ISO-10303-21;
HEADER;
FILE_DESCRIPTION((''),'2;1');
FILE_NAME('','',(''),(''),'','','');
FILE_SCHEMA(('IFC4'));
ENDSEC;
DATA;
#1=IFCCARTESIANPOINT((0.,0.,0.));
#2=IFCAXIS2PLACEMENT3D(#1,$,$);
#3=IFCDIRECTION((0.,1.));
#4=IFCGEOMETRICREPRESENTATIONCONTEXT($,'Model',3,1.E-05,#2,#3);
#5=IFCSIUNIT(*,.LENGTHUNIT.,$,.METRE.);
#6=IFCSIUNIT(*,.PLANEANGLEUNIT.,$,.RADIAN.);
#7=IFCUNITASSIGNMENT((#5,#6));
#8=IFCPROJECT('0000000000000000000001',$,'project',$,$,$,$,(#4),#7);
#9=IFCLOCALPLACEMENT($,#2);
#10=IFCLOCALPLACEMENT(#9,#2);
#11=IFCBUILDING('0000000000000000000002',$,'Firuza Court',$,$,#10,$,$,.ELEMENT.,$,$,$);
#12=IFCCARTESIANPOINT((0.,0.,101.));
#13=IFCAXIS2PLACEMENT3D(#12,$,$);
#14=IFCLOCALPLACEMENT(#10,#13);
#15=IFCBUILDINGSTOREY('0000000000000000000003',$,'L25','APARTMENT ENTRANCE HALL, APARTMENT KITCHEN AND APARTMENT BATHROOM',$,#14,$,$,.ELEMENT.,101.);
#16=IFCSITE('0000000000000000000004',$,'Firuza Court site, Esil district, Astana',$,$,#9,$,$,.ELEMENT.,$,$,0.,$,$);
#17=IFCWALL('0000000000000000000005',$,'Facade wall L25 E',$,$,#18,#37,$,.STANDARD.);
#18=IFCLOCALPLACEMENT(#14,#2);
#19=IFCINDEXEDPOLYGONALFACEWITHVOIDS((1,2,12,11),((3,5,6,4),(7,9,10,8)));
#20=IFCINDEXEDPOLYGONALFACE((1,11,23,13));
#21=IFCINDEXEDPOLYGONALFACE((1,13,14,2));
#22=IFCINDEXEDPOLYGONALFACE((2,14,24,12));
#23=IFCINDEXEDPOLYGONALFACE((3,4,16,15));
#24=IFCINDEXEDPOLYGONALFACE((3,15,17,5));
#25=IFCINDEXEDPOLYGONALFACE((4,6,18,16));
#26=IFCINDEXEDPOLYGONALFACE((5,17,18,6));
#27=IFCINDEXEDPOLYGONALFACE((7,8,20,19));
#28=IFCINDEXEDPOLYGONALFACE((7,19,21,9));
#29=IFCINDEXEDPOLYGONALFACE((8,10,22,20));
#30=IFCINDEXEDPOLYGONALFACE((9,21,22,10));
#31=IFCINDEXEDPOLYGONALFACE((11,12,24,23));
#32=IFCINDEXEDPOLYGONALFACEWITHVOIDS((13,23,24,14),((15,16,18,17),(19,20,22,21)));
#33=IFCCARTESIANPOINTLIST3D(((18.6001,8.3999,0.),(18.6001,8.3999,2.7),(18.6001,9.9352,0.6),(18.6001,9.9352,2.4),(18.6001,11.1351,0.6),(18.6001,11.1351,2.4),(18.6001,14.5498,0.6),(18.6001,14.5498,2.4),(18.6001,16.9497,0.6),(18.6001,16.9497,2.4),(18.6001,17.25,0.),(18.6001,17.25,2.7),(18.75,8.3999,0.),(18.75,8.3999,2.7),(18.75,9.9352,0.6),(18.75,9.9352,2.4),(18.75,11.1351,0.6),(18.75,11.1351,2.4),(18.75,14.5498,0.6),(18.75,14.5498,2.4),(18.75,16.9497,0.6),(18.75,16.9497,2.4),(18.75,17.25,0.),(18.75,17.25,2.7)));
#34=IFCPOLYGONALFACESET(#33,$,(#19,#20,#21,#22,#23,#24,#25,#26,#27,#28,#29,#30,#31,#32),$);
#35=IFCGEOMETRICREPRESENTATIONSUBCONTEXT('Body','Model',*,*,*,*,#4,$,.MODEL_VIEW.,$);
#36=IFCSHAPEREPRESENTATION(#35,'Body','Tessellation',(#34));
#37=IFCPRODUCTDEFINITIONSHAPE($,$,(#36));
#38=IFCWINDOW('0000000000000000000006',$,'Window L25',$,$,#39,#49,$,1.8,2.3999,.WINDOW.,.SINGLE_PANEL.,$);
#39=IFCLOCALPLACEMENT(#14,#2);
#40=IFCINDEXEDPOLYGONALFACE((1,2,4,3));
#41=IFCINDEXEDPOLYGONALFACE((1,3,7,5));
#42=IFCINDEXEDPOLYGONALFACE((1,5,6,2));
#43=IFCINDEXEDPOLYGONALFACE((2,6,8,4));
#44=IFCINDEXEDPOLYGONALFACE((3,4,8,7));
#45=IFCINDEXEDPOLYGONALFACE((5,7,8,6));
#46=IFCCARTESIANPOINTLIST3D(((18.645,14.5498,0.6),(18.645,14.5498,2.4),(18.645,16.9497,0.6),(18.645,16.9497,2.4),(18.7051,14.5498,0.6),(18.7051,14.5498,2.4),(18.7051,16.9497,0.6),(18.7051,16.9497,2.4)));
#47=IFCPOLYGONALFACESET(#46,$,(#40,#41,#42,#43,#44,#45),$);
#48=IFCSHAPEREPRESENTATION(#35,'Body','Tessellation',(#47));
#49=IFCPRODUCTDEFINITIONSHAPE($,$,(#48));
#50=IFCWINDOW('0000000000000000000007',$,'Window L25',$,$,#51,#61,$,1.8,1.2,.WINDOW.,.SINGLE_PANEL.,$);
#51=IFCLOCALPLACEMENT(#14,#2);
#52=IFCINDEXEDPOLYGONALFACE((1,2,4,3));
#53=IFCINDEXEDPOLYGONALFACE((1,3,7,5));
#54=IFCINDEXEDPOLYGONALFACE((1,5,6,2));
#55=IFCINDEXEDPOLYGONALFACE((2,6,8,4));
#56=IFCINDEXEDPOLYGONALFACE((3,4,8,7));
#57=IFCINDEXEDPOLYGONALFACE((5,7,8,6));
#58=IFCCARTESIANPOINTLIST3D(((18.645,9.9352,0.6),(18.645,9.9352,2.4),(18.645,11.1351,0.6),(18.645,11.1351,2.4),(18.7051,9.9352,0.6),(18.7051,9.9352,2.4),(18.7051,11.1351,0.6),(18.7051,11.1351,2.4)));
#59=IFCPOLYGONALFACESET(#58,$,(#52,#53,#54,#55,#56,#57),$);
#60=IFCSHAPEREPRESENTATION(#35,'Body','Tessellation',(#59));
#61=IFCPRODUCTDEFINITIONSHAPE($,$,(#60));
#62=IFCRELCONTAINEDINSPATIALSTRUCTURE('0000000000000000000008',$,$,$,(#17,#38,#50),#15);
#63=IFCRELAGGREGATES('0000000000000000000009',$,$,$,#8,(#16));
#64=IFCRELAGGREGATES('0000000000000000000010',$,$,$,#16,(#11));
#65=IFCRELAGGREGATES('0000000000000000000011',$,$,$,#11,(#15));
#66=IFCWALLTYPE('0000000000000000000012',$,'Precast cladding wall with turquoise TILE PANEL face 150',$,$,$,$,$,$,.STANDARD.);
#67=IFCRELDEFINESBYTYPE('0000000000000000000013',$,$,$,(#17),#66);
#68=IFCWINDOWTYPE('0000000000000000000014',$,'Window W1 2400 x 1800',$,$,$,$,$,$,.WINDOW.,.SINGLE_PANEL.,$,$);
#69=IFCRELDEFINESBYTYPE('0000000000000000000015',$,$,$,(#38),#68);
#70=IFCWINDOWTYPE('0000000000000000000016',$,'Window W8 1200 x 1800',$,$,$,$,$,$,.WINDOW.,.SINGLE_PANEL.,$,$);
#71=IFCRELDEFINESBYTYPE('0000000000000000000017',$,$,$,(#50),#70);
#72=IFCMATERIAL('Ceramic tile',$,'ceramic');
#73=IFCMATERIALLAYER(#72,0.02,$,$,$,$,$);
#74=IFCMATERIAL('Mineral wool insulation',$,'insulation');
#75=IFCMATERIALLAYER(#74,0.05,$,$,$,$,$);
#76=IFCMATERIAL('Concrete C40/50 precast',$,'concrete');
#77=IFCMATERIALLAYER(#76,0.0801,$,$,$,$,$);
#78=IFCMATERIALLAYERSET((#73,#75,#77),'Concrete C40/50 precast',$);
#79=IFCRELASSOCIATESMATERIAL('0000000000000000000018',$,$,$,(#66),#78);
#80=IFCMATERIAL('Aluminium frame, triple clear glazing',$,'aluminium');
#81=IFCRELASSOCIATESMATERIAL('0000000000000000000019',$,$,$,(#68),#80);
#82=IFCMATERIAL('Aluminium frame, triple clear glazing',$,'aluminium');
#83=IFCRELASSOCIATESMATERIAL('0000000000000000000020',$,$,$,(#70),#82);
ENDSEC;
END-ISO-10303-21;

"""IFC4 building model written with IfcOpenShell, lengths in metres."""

from ifc_helpers import new_model, si_unit, direction, frame, frame_2d, origin, place, context, subcontext, project, spatial, rectangle, extrude, material, layer, layer_set, type_object, element, fill, save


model = new_model("IFC4")

# Units and contexts
model_context = context("Model", 3, precision=1e-05, world=origin(), true_north=direction((0.0, 1.0)))
body_context = subcontext(model_context, "Body", "Model", "MODEL_VIEW")
ifc_project = project(units=[si_unit("LENGTHUNIT", "METRE"), si_unit("PLANEANGLEUNIT", "RADIAN")], contexts=[model_context])

# Site, building, storey
site_placement = place(None, origin())
site = spatial("IfcSite", under=ifc_project, at=site_placement, Name="Firuza Court site, Esil district, Astana", CompositionType="ELEMENT", RefElevation=0.0)
building_placement = place(site_placement, origin())
building = spatial("IfcBuilding", under=site, at=building_placement, Name="Firuza Court", CompositionType="ELEMENT")
storey_placement = place(building_placement, frame((0.0, 0.0, 101.0)))
storey = spatial("IfcBuildingStorey", under=building, at=storey_placement, Name="L25", Description="APARTMENT ENTRANCE HALL, APARTMENT KITCHEN AND APARTMENT BATHROOM", CompositionType="ELEMENT", Elevation=101.0)

# Shared definitions
ifc_material_1 = material(Name="Ceramic tile", Category="ceramic")
ifc_layer_1 = layer(ifc_material_1, 0.02)
ifc_material_2 = material(Name="Mineral wool insulation", Category="insulation")
ifc_layer_2 = layer(ifc_material_2, 0.05)
ifc_material_3 = material(Name="Concrete C40/50 precast", Category="concrete")
ifc_layer_3 = layer(ifc_material_3, 0.0801)
ifc_layer_set_1 = layer_set([ifc_layer_1, ifc_layer_2, ifc_layer_3], Name="Concrete C40/50 precast")
wall_type_1 = type_object("IfcWallType", Name="Precast cladding wall with turquoise TILE PANEL face 150", PredefinedType="STANDARD", material=ifc_layer_set_1)

# Shared definitions
ifc_material_4 = material(Name="Aluminium frame, triple clear glazing", Category="aluminium")
window_type_1 = type_object("IfcWindowType", Name="Window W1 2400 x 1800", PartitioningType="SINGLE_PANEL", PredefinedType="WINDOW", material=ifc_material_4)

# Wall, openings, windows
wall_1_placement = place(storey_placement, frame((18.675, 8.3999, 0.0), z_axis=(0.0, 0.0, 1.0), x_axis=(0.0, 1.0, 0.0)))
wall_1 = element("IfcWall", 1, at=wall_1_placement, inside=storey, type_object=wall_type_1, Name="Facade wall L25 E", PredefinedType="STANDARD", context=body_context, shape_type="SweptSolid", body=[
    extrude(rectangle(XDim=8.8501, YDim=0.1499, at=frame_2d((4.425, 0.0))), origin(), (0.0, 0.0, 1.0), 2.7),
])
opening_1_placement = place(wall_1_placement, frame((1.5352, 0.0, 0.6001)))
opening_1 = element("IfcOpeningElement", 2, at=opening_1_placement, cuts=wall_1, PredefinedType="OPENING", context=body_context, shape_type="SweptSolid", body=[
    extrude(rectangle(XDim=1.2, YDim=1.8, at=frame_2d((0.6001, 0.8999))), frame((0.0, 0.0869, 0.0), z_axis=(0.0, -1.0, 0.0), x_axis=(1.0, 0.0, 0.0)), (0.0, 0.0, 1.0), 0.1738),
])
opening_2_placement = place(wall_1_placement, frame((6.1499, 0.0, 0.6001)))
opening_2 = element("IfcOpeningElement", 3, at=opening_2_placement, cuts=wall_1, PredefinedType="OPENING", context=body_context, shape_type="SweptSolid", body=[
    extrude(rectangle(XDim=2.3999, YDim=1.8, at=frame_2d((1.2, 0.8999))), frame((0.0, 0.0869, 0.0), z_axis=(0.0, -1.0, 0.0), x_axis=(1.0, 0.0, 0.0)), (0.0, 0.0, 1.0), 0.1738),
])
window_1_placement = place(opening_2_placement, origin())
window_1 = element("IfcWindow", 4, at=window_1_placement, inside=storey, type_object=window_type_1, Name="Window L25", OverallHeight=1.8, OverallWidth=2.3999, PartitioningType="SINGLE_PANEL", PredefinedType="WINDOW", context=body_context, shape_type="SweptSolid", body=[
    extrude(rectangle(XDim=2.3999, YDim=1.8, at=frame_2d((1.2, 0.8999))), frame((0.0, 0.03, 0.0), z_axis=(0.0, -1.0, 0.0), x_axis=(1.0, 0.0, 0.0)), (0.0, 0.0, 1.0), 0.0601),
])
fill(opening_2, window_1)
ifc_material_5 = material(Name="Aluminium frame, triple clear glazing", Category="aluminium")
window_type_2 = type_object("IfcWindowType", Name="Window W8 1200 x 1800", PartitioningType="SINGLE_PANEL", PredefinedType="WINDOW", material=ifc_material_5)
window_2_placement = place(opening_1_placement, origin())
window_2 = element("IfcWindow", 5, at=window_2_placement, inside=storey, type_object=window_type_2, Name="Window L25", OverallHeight=1.8, OverallWidth=1.2, PartitioningType="SINGLE_PANEL", PredefinedType="WINDOW", context=body_context, shape_type="SweptSolid", body=[
    extrude(rectangle(XDim=1.2, YDim=1.8, at=frame_2d((0.6001, 0.8999))), frame((0.0, 0.03, 0.0), z_axis=(0.0, -1.0, 0.0), x_axis=(1.0, 0.0, 0.0)), (0.0, 0.0, 1.0), 0.0601),
])
fill(opening_1, window_2)

save(model, "model.ifc")
